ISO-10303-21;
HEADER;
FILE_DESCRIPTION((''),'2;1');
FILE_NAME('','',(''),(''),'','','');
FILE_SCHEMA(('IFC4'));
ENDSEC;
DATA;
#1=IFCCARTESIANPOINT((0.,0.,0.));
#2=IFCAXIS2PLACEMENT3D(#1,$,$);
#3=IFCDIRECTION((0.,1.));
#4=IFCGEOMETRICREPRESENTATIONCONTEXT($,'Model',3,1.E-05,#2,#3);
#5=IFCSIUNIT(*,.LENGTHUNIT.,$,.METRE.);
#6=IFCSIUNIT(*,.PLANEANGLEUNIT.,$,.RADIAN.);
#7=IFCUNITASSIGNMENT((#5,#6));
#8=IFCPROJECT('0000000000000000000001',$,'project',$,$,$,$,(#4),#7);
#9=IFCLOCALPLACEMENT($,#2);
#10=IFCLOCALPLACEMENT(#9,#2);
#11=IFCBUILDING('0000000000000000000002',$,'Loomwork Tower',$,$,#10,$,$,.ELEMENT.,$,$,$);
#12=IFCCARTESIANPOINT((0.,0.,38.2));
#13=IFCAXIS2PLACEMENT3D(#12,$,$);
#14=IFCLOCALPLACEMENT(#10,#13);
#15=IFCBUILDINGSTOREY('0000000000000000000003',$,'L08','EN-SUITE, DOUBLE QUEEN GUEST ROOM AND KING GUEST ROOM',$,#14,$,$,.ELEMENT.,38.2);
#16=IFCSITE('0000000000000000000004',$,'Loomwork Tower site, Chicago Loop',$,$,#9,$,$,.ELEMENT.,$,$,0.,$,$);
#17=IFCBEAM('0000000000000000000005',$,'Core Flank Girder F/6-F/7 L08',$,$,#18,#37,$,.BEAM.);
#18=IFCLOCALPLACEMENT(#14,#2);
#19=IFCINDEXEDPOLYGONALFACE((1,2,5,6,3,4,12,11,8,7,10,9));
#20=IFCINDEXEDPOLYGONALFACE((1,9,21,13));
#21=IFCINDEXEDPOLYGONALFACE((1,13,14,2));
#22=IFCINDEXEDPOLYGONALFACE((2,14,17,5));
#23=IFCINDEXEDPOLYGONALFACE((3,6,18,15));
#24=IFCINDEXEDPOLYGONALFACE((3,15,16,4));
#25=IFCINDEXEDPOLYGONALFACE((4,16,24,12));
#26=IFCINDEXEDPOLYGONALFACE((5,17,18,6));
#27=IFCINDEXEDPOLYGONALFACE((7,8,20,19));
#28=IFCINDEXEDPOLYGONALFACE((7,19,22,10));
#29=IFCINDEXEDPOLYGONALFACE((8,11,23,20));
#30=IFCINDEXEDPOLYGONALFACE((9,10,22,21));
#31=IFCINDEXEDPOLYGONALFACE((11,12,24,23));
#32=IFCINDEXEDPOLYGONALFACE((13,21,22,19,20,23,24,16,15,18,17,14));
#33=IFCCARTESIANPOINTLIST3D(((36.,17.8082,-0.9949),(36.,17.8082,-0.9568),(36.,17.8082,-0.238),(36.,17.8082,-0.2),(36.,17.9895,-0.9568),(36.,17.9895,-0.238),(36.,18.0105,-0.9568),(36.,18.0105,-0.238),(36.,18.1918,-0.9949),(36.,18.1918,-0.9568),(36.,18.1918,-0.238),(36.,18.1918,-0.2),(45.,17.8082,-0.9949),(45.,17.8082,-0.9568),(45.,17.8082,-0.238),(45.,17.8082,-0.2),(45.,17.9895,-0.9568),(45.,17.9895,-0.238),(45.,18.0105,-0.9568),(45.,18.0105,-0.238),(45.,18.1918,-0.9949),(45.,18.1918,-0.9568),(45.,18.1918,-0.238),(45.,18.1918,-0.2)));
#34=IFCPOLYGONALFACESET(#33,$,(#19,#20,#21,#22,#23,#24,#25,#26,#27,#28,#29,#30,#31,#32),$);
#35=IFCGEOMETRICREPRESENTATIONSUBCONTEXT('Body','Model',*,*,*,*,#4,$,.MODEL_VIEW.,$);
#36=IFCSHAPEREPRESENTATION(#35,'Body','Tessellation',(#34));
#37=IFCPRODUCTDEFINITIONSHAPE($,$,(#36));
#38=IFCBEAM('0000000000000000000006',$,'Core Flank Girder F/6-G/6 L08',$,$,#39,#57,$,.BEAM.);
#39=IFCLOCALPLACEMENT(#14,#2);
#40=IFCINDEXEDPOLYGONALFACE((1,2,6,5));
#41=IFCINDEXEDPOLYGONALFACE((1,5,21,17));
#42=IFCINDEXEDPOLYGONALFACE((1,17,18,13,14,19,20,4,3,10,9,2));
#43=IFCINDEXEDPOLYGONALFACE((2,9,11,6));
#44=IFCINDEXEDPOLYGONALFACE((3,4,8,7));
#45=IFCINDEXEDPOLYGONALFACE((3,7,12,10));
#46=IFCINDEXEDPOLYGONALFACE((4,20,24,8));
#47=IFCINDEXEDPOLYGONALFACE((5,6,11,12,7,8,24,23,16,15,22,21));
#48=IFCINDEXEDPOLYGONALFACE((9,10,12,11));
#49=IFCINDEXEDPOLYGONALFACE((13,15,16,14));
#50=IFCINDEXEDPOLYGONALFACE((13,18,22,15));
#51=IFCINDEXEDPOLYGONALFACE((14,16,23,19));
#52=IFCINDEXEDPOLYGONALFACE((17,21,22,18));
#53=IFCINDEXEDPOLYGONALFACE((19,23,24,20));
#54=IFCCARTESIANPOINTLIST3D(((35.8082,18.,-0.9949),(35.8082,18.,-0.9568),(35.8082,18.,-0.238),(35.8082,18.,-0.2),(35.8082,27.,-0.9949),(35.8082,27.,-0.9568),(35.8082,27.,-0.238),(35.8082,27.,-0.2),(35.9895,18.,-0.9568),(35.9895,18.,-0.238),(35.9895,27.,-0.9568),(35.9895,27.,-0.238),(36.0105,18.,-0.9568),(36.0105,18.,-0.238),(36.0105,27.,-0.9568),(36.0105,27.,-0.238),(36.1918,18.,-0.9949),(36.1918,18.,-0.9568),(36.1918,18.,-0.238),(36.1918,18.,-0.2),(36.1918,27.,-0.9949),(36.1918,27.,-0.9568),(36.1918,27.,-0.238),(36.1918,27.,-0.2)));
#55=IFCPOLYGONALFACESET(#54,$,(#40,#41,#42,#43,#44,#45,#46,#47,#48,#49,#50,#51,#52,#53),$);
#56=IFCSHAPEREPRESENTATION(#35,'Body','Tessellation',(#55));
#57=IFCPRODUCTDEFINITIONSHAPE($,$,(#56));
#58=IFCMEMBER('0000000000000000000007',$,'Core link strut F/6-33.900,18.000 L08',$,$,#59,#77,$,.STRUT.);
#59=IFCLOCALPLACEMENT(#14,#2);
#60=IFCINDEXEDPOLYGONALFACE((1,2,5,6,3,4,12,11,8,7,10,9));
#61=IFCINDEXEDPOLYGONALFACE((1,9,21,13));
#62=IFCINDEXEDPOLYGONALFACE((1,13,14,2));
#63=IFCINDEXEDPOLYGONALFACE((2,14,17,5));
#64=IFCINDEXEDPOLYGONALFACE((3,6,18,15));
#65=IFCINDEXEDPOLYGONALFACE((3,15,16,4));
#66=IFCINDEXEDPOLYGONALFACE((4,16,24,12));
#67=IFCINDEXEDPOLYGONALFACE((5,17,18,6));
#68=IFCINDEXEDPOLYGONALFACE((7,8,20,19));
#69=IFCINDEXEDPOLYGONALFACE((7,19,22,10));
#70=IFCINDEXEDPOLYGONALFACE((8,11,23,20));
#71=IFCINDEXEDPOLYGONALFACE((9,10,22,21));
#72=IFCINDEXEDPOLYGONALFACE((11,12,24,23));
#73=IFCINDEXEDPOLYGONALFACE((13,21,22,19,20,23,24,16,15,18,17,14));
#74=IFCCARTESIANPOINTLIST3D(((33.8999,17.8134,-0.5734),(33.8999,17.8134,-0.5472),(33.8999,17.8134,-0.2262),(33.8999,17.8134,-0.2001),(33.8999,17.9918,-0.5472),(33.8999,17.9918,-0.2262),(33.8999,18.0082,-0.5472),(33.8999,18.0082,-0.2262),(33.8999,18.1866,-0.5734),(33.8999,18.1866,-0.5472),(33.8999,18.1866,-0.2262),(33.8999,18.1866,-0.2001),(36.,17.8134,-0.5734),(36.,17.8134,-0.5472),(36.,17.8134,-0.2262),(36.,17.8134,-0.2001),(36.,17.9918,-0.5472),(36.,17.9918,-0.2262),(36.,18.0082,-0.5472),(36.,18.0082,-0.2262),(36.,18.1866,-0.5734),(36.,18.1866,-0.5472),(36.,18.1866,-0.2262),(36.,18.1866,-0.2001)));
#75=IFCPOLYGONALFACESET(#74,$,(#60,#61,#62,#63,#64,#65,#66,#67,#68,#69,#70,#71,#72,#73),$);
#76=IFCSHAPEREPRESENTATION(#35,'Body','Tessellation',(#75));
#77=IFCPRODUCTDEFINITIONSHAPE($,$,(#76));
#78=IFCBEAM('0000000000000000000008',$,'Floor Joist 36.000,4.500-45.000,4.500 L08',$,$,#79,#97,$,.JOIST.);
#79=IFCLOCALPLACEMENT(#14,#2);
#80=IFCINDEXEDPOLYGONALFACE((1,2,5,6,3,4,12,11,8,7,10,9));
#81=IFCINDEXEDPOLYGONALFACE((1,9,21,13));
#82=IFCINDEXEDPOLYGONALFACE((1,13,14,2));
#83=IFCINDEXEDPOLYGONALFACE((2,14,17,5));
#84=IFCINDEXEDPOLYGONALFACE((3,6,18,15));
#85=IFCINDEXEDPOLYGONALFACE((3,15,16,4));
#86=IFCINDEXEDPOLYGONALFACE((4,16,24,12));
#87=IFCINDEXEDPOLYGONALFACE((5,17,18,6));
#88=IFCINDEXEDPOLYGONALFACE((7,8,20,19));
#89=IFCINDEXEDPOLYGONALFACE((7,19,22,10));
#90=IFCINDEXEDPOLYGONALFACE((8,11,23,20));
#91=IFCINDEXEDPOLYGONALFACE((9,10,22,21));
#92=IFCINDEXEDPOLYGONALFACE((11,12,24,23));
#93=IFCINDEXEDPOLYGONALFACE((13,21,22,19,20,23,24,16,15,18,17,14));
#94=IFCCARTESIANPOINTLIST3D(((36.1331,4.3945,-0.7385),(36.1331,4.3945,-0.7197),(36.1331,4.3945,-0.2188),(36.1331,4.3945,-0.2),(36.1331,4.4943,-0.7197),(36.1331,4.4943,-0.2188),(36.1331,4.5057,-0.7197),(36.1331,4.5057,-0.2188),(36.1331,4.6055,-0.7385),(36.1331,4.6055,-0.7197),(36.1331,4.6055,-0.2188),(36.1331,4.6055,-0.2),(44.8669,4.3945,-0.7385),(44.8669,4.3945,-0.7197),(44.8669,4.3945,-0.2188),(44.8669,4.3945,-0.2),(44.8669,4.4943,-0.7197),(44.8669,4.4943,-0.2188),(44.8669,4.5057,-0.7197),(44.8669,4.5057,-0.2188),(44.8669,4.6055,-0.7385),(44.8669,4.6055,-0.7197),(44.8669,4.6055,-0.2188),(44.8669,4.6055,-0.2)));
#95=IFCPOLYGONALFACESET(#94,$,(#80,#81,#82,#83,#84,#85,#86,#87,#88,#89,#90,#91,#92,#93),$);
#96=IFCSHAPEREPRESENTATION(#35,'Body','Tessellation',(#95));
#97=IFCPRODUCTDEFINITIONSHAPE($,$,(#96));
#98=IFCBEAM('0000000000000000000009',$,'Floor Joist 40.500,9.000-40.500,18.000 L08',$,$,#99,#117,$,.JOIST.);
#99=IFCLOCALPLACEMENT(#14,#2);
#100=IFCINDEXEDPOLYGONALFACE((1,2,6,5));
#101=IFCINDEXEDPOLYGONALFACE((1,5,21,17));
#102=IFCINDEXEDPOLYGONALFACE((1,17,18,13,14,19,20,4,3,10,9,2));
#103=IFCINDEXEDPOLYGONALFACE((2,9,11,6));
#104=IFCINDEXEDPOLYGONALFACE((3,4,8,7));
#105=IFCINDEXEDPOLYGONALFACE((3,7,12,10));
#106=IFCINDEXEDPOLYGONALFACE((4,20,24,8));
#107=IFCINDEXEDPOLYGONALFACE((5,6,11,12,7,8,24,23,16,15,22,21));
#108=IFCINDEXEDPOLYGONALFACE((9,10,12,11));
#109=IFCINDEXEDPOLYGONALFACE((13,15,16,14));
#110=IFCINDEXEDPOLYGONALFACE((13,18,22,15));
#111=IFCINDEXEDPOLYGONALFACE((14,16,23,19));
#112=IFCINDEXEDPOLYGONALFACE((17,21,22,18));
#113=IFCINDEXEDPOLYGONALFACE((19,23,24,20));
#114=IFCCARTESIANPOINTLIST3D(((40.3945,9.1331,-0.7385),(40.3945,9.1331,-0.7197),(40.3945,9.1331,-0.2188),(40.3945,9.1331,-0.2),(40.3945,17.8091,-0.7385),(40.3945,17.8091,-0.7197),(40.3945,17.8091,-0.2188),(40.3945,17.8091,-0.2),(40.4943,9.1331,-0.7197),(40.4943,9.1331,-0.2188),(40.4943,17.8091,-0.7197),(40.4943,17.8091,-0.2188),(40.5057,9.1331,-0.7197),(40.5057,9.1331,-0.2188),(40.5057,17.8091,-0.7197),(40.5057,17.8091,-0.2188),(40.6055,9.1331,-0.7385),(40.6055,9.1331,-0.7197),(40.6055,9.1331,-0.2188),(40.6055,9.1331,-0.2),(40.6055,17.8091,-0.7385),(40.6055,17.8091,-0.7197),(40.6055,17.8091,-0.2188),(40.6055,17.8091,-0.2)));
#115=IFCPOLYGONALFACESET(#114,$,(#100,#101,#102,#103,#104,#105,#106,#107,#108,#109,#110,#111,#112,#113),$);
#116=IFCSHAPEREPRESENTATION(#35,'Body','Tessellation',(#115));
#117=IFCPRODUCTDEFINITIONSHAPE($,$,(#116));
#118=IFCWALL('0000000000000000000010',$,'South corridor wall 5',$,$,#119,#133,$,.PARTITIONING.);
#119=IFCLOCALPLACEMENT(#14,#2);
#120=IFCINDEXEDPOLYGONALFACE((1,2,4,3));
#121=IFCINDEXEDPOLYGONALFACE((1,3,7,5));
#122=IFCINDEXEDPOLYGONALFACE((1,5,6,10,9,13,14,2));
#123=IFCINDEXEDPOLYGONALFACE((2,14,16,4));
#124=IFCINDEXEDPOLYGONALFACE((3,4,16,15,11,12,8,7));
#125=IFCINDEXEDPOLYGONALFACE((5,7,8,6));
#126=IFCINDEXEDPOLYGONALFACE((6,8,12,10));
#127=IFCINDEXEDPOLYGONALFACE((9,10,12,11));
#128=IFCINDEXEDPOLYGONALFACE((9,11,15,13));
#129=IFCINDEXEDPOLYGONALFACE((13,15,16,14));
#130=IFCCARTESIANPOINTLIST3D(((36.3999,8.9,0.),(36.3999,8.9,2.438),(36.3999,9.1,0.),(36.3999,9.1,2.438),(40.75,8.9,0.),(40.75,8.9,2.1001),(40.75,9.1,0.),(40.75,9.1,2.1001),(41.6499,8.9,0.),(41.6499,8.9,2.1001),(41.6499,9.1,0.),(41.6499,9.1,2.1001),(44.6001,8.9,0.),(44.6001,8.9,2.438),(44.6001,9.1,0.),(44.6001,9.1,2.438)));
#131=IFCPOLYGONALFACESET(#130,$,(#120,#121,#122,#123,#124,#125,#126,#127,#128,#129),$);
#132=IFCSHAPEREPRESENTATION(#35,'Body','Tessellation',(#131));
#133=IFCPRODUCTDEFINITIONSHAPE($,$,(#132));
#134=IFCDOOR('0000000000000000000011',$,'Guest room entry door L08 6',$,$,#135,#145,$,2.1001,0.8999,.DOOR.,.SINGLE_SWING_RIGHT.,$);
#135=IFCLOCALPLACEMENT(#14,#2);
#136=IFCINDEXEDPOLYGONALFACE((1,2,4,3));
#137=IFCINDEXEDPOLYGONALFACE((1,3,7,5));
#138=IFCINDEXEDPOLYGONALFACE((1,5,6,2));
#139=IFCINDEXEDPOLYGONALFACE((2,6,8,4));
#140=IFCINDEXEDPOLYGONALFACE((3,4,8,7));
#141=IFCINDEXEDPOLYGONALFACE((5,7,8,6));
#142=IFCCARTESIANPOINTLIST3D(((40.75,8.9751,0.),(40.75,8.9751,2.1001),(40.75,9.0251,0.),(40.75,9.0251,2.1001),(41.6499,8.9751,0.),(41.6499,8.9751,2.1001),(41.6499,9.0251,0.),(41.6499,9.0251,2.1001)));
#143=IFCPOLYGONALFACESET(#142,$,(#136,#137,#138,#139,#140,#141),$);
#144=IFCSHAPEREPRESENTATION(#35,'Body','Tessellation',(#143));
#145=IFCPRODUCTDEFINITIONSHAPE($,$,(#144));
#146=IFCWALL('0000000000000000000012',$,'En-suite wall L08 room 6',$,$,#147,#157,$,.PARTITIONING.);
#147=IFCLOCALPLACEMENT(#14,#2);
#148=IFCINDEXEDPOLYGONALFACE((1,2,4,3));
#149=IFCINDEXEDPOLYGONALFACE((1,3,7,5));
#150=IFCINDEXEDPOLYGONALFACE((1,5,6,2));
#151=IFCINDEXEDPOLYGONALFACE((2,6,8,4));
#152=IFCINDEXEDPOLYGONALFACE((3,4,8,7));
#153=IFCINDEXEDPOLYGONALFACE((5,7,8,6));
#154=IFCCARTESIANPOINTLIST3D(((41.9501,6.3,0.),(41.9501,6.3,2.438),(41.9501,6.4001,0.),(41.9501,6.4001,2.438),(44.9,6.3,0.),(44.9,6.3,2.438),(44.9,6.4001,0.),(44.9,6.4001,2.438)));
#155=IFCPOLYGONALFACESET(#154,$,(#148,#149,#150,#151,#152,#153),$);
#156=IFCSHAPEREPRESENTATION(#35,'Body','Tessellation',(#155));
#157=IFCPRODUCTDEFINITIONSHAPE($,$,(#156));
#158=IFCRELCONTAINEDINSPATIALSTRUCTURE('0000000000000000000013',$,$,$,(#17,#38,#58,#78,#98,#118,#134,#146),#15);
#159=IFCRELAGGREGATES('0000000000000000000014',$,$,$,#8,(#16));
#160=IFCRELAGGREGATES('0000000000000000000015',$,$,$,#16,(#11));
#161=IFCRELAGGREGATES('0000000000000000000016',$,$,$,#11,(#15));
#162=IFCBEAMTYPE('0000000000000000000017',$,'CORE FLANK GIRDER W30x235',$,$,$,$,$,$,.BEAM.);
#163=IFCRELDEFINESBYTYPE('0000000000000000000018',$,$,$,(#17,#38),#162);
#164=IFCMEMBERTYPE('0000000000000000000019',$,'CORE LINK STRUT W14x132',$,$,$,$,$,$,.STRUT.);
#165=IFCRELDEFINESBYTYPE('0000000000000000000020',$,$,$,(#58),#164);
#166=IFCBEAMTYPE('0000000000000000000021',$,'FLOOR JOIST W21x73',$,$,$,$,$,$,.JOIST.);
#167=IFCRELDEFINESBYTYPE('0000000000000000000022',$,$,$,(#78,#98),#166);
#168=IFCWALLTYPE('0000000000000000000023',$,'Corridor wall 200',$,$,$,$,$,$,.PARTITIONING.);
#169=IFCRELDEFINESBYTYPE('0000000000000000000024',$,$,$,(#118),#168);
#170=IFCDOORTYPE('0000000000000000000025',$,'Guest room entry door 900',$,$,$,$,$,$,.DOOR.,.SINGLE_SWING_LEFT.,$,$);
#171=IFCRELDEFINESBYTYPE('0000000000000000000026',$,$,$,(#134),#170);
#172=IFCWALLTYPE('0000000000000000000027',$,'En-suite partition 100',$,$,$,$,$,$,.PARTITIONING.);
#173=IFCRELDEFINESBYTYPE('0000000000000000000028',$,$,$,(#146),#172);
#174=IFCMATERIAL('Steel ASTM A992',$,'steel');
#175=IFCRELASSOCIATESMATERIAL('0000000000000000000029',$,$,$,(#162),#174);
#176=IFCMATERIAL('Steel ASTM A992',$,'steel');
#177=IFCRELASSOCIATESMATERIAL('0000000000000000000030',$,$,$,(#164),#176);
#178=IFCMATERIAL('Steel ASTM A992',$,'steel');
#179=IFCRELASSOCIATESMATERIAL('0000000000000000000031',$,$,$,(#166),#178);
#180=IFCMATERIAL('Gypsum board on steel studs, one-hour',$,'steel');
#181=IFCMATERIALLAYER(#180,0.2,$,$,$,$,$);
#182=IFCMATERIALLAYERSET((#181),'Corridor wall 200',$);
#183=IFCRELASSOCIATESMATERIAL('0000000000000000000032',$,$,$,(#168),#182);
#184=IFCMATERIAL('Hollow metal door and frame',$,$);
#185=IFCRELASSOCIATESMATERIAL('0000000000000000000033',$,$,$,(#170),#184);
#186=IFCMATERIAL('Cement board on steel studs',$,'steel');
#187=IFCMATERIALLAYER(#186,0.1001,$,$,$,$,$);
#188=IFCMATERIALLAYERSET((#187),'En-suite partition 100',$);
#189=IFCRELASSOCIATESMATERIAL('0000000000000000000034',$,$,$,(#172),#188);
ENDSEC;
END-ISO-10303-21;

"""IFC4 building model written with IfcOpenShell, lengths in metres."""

from ifc_helpers import new_model, si_unit, direction, frame, frame_2d, origin, origin_2d, place, context, subcontext, project, spatial, rectangle, i_section, extrude, material, layer, layer_set, material_profile, profile_set, type_object, element, fill, save


model = new_model("IFC4")

# Units and contexts
model_context = context("Model", 3, precision=1e-05, world=origin(), true_north=direction((0.0, 1.0)))
body_context = subcontext(model_context, "Body", "Model", "MODEL_VIEW")
ifc_project = project(units=[si_unit("LENGTHUNIT", "METRE"), si_unit("PLANEANGLEUNIT", "RADIAN")], contexts=[model_context])

# Site, building, storey
site_placement = place(None, origin())
site = spatial("IfcSite", under=ifc_project, at=site_placement, Name="Loomwork Tower site, Chicago Loop", CompositionType="ELEMENT", RefElevation=0.0)
building_placement = place(site_placement, origin())
building = spatial("IfcBuilding", under=site, at=building_placement, Name="Loomwork Tower", CompositionType="ELEMENT")
storey_placement = place(building_placement, frame((0.0, 0.0, 38.2)))
storey = spatial("IfcBuildingStorey", under=building, at=storey_placement, Name="L08", Description="EN-SUITE, DOUBLE QUEEN GUEST ROOM AND KING GUEST ROOM", CompositionType="ELEMENT", Elevation=38.2)

# Beams
ifc_material_1 = material(Name="Steel ASTM A992", Category="steel")
ifc_material_profile_1 = material_profile(ifc_material_1, i_section(OverallWidth=0.3835, OverallDepth=0.7949, WebThickness=0.021, FlangeThickness=0.0381, at=origin_2d()), Name="W30x235")
ifc_profile_set_1 = profile_set([ifc_material_profile_1], Name="Steel ASTM A992")
beam_type_1 = type_object("IfcBeamType", Name="CORE FLANK GIRDER W30x235", PredefinedType="BEAM", material=ifc_profile_set_1)
for number, where, z_axis, x_axis, name in (
    (1, (36.0, 18.0, -0.5974), (1.0, 0.0, 0.0), (0.0, 1.0, 0.0), "Core Flank Girder F/6-F/7 L08"),
    (2, (36.0, 18.0, -0.5974), (0.0, 1.0, 0.0), (-1.0, 0.0, 0.0), "Core Flank Girder F/6-G/6 L08"),
):
    element("IfcBeam", number, at=place(storey_placement, frame(where, z_axis=z_axis, x_axis=x_axis)), inside=storey, type_object=beam_type_1, Name=name, PredefinedType="BEAM", context=body_context, shape_type="SweptSolid", body=[
        extrude(i_section(OverallWidth=0.3835, OverallDepth=0.7949, WebThickness=0.021, FlangeThickness=0.0381, at=origin_2d()), origin(), (0.0, 0.0, 1.0), 9.0),
    ])

# Member
ifc_material_2 = material(Name="Steel ASTM A992", Category="steel")
ifc_material_profile_2 = material_profile(ifc_material_2, i_section(OverallWidth=0.3733, OverallDepth=0.3733, WebThickness=0.0164, FlangeThickness=0.0261, at=origin_2d()), Name="W14x132")
ifc_profile_set_2 = profile_set([ifc_material_profile_2], Name="Steel ASTM A992")
member_type = type_object("IfcMemberType", Name="CORE LINK STRUT W14x132", PredefinedType="STRUT", material=ifc_profile_set_2)
member_placement = place(storey_placement, frame((36.0, 18.0, -0.3867), z_axis=(-1.0, 0.0, 0.0), x_axis=(0.0, -1.0, 0.0)))
element("IfcMember", 3, at=member_placement, inside=storey, type_object=member_type, Name="Core link strut F/6-33.900,18.000 L08", PredefinedType="STRUT", context=body_context, shape_type="SweptSolid", body=[
    extrude(i_section(OverallWidth=0.3733, OverallDepth=0.3733, WebThickness=0.0164, FlangeThickness=0.0261, at=origin_2d()), origin(), (0.0, 0.0, 1.0), 2.1001),
])

# Beams
ifc_material_3 = material(Name="Steel ASTM A992", Category="steel")
ifc_material_profile_3 = material_profile(ifc_material_3, i_section(OverallWidth=0.2109, OverallDepth=0.5386, WebThickness=0.0115, FlangeThickness=0.0188, at=origin_2d()), Name="W21x73")
ifc_profile_set_3 = profile_set([ifc_material_profile_3], Name="Steel ASTM A992")
beam_type_2 = type_object("IfcBeamType", Name="FLOOR JOIST W21x73", PredefinedType="JOIST", material=ifc_profile_set_3)
beam_1_placement = place(storey_placement, frame((36.1331, 4.5, -0.4692), z_axis=(1.0, 0.0, 0.0), x_axis=(0.0, 1.0, 0.0)))
element("IfcBeam", 4, at=beam_1_placement, inside=storey, type_object=beam_type_2, Name="Floor Joist 36.000,4.500-45.000,4.500 L08", PredefinedType="JOIST", context=body_context, shape_type="SweptSolid", body=[
    extrude(i_section(OverallWidth=0.2109, OverallDepth=0.5386, WebThickness=0.0115, FlangeThickness=0.0188, at=origin_2d()), origin(), (0.0, 0.0, 1.0), 8.7339),
])
beam_2_placement = place(storey_placement, frame((40.5, 9.1331, -0.4692), z_axis=(0.0, 1.0, 0.0), x_axis=(-1.0, 0.0, 0.0)))
element("IfcBeam", 5, at=beam_2_placement, inside=storey, type_object=beam_type_2, Name="Floor Joist 40.500,9.000-40.500,18.000 L08", PredefinedType="JOIST", context=body_context, shape_type="SweptSolid", body=[
    extrude(i_section(OverallWidth=0.2109, OverallDepth=0.5386, WebThickness=0.0115, FlangeThickness=0.0188, at=origin_2d()), origin(), (0.0, 0.0, 1.0), 8.676),
])

# Wall, opening, door
ifc_material_4 = material(Name="Gypsum board on steel studs, one-hour", Category="steel")
ifc_layer_1 = layer(ifc_material_4, 0.2)
ifc_layer_set_1 = layer_set([ifc_layer_1], Name="Corridor wall 200")
wall_type_1 = type_object("IfcWallType", Name="Corridor wall 200", PredefinedType="PARTITIONING", material=ifc_layer_set_1)
wall_1_placement = place(storey_placement, frame((36.3999, 9.0, 0.0), z_axis=(0.0, 0.0, 1.0), x_axis=(1.0, 0.0, 0.0)))
wall_1 = element("IfcWall", 6, at=wall_1_placement, inside=storey, type_object=wall_type_1, Name="South corridor wall 5", PredefinedType="PARTITIONING", context=body_context, shape_type="SweptSolid", body=[
    extrude(rectangle(XDim=8.2002, YDim=0.2, at=frame_2d((4.1001, 0.0))), origin(), (0.0, 0.0, 1.0), 2.438),
])
opening_1_placement = place(wall_1_placement, frame((4.3501, 0.0, 0.0)))
opening_1 = element("IfcOpeningElement", 7, at=opening_1_placement, cuts=wall_1, PredefinedType="OPENING", context=body_context, shape_type="SweptSolid", body=[
    extrude(rectangle(XDim=0.8999, YDim=2.1001, at=frame_2d((0.45, 1.05))), frame((0.0, 0.1099, 0.0), z_axis=(0.0, -1.0, 0.0), x_axis=(1.0, 0.0, 0.0)), (0.0, 0.0, 1.0), 0.22),
])
ifc_material_5 = material(Name="Hollow metal door and frame")
door_type_1 = type_object("IfcDoorType", Name="Guest room entry door 900", OperationType="SINGLE_SWING_LEFT", PredefinedType="DOOR", material=ifc_material_5)
door_1_placement = place(opening_1_placement, frame((0.8999, 0.0, 0.0), z_axis=(0.0, 0.0, 1.0), x_axis=(-1.0, 0.0, 0.0)))
door_1 = element("IfcDoor", 8, at=door_1_placement, inside=storey, type_object=door_type_1, Name="Guest room entry door L08 6", OperationType="SINGLE_SWING_RIGHT", OverallHeight=2.1001, OverallWidth=0.8999, PredefinedType="DOOR", context=body_context, shape_type="SweptSolid", body=[
    extrude(rectangle(XDim=0.8999, YDim=2.1001, at=frame_2d((0.45, 1.05))), frame((0.0, 0.0249, 0.0), z_axis=(0.0, -1.0, 0.0), x_axis=(1.0, 0.0, 0.0)), (0.0, 0.0, 1.0), 0.05),
])
fill(opening_1, door_1)

# Wall
ifc_material_6 = material(Name="Cement board on steel studs", Category="steel")
ifc_layer_2 = layer(ifc_material_6, 0.1001)
ifc_layer_set_2 = layer_set([ifc_layer_2], Name="En-suite partition 100")
wall_type_2 = type_object("IfcWallType", Name="En-suite partition 100", PredefinedType="PARTITIONING", material=ifc_layer_set_2)
wall_2_placement = place(storey_placement, frame((41.95, 6.3501, 0.0), z_axis=(0.0, 0.0, 1.0), x_axis=(1.0, 0.0, 0.0)))
element("IfcWall", 9, at=wall_2_placement, inside=storey, type_object=wall_type_2, Name="En-suite wall L08 room 6", PredefinedType="PARTITIONING", context=body_context, shape_type="SweptSolid", body=[
    extrude(rectangle(XDim=2.95, YDim=0.1001, at=frame_2d((1.4751, 0.0))), origin(), (0.0, 0.0, 1.0), 2.438),
])

save(model, "model.ifc")
